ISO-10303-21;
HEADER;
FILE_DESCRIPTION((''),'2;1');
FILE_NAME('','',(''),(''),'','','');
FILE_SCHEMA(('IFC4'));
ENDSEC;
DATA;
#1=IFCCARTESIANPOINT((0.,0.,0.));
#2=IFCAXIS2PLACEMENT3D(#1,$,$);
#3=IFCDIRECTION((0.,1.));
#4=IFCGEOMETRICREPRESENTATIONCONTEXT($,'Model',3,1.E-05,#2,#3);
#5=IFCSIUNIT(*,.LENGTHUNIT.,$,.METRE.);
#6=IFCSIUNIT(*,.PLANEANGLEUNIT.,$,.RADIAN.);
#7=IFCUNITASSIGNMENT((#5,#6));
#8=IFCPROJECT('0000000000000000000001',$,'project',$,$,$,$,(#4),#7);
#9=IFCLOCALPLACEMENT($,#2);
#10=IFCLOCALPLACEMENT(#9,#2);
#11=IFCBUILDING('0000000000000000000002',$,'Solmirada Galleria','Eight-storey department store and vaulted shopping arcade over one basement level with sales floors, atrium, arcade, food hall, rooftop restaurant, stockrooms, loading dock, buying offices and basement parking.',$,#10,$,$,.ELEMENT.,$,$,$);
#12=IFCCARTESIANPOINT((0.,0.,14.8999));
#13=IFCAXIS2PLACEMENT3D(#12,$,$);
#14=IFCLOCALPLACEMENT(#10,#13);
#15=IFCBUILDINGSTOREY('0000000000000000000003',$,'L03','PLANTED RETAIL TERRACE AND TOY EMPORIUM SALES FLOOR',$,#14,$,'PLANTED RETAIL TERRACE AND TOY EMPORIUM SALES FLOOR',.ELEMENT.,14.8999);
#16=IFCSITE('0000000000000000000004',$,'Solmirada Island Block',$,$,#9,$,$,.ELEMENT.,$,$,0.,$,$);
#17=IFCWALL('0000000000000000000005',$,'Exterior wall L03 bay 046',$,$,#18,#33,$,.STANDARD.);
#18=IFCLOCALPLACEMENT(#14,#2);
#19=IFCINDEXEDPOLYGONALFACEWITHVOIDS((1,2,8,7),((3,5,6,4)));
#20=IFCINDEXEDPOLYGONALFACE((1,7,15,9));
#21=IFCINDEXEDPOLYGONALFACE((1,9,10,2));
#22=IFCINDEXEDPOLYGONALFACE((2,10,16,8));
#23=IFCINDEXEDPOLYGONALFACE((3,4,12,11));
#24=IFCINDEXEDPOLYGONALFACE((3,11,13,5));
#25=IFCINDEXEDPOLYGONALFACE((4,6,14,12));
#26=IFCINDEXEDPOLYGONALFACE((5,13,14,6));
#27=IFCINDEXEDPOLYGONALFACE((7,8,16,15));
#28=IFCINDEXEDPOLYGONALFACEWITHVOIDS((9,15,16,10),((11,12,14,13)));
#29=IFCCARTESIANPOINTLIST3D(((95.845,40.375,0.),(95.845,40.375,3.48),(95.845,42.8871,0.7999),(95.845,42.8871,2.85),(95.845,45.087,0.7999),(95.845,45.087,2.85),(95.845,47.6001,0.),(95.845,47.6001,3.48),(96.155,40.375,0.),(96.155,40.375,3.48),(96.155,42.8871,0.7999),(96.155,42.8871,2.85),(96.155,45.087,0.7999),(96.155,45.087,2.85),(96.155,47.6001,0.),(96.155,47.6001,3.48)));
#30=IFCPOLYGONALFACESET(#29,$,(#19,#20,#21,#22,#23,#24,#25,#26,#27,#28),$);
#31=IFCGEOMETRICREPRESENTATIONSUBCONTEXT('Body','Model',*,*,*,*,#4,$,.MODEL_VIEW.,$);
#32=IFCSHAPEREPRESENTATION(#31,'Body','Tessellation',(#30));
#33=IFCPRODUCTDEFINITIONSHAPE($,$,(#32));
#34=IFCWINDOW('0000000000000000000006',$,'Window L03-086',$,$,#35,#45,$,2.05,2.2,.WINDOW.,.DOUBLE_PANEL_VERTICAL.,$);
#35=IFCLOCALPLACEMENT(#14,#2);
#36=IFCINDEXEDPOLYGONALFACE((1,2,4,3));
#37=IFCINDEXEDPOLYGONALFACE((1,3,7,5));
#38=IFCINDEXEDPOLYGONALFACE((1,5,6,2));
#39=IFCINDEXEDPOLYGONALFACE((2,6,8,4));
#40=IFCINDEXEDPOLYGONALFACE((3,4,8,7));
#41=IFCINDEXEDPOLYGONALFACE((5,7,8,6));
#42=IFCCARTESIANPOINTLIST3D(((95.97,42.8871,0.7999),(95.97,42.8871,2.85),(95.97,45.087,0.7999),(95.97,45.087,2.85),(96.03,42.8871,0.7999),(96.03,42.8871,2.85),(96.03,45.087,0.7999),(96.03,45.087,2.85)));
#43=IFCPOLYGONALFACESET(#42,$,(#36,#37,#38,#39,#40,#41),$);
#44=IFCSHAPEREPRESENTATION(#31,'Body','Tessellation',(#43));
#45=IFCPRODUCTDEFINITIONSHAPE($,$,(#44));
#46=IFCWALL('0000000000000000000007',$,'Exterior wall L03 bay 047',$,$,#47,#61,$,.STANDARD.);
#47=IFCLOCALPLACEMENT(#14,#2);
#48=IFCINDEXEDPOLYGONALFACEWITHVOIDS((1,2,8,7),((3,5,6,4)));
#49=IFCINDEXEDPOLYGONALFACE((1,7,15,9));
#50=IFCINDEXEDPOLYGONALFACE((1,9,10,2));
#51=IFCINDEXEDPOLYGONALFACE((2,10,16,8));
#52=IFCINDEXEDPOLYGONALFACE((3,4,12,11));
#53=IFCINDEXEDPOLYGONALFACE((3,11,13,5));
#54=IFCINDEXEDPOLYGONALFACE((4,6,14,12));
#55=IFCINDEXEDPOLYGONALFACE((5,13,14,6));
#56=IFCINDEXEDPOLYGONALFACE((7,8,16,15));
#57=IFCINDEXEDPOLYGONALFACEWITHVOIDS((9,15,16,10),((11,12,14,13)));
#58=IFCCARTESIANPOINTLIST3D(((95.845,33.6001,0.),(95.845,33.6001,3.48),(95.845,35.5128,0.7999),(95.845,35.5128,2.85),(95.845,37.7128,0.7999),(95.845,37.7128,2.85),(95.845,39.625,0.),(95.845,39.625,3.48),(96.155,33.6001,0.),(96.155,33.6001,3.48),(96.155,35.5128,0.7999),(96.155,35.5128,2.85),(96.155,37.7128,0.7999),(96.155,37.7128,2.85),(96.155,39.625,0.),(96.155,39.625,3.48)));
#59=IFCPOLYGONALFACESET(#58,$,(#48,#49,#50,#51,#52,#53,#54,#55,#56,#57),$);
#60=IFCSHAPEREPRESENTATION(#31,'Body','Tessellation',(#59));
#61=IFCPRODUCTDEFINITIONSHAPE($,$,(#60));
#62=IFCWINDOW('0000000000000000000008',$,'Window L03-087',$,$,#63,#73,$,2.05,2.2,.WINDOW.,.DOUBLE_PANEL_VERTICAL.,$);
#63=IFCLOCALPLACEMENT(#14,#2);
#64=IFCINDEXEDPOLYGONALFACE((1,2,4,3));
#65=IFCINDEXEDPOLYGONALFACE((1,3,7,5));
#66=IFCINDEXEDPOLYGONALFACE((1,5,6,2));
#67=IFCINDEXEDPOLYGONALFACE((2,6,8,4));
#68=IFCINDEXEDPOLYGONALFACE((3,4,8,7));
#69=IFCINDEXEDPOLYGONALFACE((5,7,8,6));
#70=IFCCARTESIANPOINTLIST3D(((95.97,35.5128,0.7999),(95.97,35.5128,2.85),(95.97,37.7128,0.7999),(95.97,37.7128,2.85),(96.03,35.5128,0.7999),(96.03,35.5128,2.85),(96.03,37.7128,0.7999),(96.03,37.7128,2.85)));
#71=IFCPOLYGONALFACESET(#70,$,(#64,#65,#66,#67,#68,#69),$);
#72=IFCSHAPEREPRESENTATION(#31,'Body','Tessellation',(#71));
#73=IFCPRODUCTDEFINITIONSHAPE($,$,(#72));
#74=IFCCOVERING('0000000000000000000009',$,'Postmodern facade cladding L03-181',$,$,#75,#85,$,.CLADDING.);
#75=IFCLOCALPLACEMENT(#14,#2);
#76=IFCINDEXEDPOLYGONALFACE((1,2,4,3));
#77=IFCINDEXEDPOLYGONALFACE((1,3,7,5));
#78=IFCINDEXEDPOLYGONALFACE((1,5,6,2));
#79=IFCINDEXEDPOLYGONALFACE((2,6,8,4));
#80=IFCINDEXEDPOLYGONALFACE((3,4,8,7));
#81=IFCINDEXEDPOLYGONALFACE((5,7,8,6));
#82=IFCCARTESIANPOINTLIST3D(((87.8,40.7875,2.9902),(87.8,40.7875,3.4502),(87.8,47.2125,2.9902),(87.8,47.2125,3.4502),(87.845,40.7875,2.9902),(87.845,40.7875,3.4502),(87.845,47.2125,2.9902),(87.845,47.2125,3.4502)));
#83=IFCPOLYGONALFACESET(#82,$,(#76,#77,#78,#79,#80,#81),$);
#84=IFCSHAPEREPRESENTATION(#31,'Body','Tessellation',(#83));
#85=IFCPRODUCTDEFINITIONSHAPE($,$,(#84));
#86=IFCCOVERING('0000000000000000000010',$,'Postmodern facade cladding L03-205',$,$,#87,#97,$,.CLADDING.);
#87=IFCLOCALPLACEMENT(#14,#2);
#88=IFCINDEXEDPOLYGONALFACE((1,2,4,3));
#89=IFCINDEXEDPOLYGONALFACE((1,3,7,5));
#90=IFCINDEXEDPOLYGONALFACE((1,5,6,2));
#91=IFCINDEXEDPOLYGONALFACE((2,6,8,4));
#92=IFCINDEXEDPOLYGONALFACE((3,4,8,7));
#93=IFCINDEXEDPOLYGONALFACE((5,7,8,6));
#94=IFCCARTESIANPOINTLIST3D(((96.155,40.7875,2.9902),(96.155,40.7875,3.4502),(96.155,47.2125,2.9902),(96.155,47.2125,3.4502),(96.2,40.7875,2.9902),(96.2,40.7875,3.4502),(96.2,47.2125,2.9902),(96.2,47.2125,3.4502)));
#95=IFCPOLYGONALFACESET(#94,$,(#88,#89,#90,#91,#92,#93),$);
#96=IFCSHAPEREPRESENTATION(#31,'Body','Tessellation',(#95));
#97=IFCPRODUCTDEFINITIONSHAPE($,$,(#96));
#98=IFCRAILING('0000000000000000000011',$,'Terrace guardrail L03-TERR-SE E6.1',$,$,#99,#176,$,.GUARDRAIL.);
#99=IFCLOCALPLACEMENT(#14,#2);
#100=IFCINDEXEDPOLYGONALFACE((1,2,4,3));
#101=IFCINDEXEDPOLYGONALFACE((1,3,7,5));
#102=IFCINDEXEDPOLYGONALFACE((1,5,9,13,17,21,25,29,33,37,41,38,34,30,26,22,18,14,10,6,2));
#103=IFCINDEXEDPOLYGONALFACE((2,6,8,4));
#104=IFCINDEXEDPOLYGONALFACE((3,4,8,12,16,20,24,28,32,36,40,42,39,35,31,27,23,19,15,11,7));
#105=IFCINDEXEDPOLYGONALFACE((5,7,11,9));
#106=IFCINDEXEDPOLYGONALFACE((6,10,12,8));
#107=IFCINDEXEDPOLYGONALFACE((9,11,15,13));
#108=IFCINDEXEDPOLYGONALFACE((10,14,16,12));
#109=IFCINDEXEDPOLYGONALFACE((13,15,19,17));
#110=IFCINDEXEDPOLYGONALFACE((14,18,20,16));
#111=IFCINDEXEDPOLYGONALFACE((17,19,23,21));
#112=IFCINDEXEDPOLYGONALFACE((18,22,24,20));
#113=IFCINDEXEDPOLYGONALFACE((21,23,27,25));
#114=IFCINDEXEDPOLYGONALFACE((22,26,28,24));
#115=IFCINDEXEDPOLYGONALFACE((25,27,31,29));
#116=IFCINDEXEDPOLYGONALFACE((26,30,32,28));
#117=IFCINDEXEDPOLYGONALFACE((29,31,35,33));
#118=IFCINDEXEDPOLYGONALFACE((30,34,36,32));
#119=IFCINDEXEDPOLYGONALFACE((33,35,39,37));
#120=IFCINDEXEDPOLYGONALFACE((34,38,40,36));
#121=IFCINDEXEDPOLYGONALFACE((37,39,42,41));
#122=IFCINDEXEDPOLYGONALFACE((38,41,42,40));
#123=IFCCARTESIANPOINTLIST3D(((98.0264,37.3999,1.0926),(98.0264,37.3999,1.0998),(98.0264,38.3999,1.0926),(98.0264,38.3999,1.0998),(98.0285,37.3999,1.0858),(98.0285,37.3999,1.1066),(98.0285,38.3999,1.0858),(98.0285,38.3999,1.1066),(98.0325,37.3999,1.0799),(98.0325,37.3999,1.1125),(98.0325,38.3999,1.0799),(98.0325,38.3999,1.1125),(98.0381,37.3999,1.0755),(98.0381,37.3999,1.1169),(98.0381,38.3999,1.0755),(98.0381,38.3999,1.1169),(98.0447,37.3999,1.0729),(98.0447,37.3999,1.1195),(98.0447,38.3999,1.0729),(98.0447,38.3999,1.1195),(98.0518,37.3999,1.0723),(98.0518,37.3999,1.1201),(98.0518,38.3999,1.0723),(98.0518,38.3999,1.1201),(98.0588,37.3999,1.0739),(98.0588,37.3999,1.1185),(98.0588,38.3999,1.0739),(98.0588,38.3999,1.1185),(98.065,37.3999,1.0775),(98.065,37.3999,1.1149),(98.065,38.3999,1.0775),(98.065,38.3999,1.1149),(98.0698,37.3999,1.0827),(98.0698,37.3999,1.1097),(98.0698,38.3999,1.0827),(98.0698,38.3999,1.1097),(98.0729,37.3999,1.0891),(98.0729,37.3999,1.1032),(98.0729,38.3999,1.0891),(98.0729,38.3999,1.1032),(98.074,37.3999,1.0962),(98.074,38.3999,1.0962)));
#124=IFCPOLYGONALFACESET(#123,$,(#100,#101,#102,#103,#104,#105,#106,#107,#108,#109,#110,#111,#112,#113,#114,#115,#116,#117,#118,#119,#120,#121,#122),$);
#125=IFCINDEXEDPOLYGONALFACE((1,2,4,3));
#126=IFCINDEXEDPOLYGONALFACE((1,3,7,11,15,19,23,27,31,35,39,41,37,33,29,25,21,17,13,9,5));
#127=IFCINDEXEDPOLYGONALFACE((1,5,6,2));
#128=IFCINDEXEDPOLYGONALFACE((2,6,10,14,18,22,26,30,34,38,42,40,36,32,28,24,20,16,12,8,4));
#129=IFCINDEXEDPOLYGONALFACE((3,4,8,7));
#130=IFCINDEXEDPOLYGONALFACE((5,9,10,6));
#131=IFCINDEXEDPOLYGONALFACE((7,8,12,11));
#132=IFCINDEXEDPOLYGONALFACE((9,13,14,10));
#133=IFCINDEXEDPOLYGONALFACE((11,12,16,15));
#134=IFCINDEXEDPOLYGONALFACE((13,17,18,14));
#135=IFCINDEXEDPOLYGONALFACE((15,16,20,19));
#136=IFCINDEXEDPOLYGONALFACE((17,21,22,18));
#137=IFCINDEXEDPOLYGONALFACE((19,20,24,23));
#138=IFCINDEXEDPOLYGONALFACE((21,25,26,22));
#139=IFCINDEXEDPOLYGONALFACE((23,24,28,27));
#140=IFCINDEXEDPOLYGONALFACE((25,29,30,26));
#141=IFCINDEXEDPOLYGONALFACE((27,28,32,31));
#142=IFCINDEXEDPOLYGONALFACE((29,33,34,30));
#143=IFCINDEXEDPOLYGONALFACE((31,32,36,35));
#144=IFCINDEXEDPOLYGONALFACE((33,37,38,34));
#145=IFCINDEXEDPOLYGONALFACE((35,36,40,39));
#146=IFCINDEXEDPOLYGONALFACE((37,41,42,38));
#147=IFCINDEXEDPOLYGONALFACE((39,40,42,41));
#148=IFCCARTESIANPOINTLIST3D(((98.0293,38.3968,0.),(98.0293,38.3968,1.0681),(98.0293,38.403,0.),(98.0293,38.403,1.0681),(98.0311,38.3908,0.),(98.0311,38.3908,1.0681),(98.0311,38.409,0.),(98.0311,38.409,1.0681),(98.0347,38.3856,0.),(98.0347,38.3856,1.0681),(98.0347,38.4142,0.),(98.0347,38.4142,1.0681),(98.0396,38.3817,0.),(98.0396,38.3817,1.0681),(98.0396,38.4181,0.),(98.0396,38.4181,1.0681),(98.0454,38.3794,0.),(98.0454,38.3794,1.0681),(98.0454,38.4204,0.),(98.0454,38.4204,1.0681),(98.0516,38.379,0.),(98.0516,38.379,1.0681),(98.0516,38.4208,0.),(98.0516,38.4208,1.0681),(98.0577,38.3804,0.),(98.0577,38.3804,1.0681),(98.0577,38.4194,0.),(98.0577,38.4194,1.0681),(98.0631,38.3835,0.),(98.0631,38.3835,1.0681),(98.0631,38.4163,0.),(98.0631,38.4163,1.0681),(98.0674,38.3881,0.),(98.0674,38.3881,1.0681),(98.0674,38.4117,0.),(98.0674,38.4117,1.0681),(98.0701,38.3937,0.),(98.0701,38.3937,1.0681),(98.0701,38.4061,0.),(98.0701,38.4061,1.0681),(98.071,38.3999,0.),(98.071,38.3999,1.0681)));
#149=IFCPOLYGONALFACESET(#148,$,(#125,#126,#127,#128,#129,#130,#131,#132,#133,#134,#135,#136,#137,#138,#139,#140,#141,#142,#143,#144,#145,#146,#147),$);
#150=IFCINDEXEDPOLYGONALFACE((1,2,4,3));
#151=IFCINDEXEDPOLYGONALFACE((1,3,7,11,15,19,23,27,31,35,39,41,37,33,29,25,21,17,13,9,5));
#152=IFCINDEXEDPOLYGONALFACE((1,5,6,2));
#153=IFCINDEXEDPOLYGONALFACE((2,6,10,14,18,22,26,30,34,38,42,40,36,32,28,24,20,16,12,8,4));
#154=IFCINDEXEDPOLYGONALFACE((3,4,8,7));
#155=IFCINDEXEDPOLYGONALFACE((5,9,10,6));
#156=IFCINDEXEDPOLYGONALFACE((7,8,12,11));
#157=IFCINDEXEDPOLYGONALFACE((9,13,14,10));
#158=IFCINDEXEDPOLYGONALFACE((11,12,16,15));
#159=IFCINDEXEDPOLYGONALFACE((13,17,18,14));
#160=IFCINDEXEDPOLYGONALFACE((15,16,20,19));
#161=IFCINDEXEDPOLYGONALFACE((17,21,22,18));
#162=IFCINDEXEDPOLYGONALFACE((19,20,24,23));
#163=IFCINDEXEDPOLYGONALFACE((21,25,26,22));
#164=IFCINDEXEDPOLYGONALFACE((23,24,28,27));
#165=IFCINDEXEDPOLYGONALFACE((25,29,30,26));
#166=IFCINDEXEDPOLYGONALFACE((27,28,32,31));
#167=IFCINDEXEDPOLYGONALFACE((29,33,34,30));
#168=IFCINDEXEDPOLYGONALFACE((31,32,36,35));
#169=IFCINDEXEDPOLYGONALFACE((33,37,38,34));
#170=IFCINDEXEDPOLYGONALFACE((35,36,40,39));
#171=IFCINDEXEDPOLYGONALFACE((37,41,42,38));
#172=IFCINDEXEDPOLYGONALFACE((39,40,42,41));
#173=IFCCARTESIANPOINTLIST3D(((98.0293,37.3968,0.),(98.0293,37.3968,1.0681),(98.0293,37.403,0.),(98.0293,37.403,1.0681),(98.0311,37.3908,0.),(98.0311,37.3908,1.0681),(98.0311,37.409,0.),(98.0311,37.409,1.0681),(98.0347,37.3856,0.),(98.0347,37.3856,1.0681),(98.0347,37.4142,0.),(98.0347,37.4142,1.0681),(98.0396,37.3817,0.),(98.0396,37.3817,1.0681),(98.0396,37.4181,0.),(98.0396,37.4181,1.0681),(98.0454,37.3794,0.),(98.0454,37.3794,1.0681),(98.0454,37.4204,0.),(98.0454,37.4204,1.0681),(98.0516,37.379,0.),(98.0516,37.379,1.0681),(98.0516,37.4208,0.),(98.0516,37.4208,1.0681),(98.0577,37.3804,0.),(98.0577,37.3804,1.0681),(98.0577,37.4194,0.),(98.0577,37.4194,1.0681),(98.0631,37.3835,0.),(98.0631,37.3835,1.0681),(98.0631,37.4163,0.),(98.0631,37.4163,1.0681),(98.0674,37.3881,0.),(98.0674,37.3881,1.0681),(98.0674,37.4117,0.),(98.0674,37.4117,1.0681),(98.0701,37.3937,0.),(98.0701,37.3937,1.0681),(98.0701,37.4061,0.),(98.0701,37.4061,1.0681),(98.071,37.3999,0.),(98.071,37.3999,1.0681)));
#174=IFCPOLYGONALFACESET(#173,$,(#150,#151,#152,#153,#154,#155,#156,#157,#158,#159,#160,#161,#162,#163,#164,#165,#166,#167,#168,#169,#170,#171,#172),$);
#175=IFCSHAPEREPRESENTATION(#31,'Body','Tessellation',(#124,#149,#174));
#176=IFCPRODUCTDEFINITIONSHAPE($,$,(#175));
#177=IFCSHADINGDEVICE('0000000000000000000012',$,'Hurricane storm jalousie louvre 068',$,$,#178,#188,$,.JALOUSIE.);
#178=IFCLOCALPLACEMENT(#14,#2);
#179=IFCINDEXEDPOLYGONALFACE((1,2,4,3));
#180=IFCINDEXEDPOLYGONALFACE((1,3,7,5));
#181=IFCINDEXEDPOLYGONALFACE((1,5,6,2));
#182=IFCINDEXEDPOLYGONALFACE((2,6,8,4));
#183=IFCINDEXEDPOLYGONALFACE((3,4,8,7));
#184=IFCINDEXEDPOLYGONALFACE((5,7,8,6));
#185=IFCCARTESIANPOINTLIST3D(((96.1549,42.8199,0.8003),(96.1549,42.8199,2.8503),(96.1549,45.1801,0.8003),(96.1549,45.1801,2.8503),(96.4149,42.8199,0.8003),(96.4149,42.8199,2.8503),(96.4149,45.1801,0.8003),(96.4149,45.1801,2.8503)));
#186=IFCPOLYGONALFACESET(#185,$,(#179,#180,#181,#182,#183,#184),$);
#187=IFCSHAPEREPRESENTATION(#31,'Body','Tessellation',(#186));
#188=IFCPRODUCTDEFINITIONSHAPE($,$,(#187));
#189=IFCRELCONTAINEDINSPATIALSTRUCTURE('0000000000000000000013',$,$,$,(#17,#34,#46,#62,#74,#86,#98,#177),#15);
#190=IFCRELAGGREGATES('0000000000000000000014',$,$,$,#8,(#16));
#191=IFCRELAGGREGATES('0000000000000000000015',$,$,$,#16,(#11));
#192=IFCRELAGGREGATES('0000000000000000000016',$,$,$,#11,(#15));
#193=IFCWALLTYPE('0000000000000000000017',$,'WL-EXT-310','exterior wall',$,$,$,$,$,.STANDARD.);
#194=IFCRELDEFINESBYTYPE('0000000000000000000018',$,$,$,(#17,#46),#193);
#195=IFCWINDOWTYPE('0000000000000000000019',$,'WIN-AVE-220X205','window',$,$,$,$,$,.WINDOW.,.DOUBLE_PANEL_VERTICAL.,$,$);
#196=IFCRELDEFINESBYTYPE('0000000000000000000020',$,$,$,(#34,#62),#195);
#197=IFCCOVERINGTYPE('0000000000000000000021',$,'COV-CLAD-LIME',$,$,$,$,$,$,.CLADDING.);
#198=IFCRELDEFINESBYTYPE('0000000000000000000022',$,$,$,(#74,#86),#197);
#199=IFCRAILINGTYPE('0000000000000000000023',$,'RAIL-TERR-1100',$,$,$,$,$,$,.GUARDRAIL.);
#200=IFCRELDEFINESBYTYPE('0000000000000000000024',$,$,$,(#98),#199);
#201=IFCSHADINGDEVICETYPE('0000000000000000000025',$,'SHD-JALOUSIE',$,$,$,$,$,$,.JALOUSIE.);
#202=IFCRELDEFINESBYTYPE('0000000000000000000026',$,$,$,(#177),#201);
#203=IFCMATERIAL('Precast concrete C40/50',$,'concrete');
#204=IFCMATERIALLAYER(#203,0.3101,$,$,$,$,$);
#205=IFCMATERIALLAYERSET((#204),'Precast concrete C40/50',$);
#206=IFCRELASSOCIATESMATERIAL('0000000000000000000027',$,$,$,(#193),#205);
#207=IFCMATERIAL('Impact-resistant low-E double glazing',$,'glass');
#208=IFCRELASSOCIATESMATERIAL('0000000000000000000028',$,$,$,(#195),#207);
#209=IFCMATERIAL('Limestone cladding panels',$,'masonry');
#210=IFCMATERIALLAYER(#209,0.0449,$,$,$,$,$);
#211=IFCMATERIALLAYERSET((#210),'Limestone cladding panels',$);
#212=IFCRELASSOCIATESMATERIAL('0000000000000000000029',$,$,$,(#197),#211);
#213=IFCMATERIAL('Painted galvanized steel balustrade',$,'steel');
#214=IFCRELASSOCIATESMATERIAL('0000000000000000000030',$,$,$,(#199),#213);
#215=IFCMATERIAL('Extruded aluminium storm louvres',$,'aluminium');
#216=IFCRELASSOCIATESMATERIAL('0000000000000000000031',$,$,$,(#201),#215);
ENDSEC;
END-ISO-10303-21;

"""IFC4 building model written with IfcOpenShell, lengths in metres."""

from ifc_helpers import new_model, si_unit, direction, frame, frame_2d, origin, origin_2d, place, context, subcontext, project, spatial, rectangle, circle, extrude, material, layer, layer_set, type_object, element, fill, save


model = new_model("IFC4")

# Units and contexts
model_context = context("Model", 3, precision=1e-05, world=origin(), true_north=direction((0.0, 1.0)))
body_context = subcontext(model_context, "Body", "Model", "MODEL_VIEW")
ifc_project = project(units=[si_unit("LENGTHUNIT", "METRE"), si_unit("PLANEANGLEUNIT", "RADIAN")], contexts=[model_context])

# Site, building, storey
site_placement = place(None, origin())
site = spatial("IfcSite", under=ifc_project, at=site_placement, Name="Solmirada Island Block", CompositionType="ELEMENT", RefElevation=0.0)
building_placement = place(site_placement, origin())
building = spatial("IfcBuilding", under=site, at=building_placement, Name="Solmirada Galleria", Description="Eight-storey department store and vaulted shopping arcade over one basement level with sales floors, atrium, arcade, food hall, rooftop restaurant, stockrooms, loading dock, buying offices and basement parking.", CompositionType="ELEMENT")
storey_placement = place(building_placement, frame((0.0, 0.0, 14.8999)))
storey = spatial("IfcBuildingStorey", under=building, at=storey_placement, Name="L03", Description="PLANTED RETAIL TERRACE AND TOY EMPORIUM SALES FLOOR", LongName="PLANTED RETAIL TERRACE AND TOY EMPORIUM SALES FLOOR", CompositionType="ELEMENT", Elevation=14.8999)

# Shared definitions
ifc_material_1 = material(Name="Impact-resistant low-E double glazing", Category="glass")

# Walls, openings, windows
ifc_material_2 = material(Name="Precast concrete C40/50", Category="concrete")
ifc_layer_1 = layer(ifc_material_2, 0.3101)
ifc_layer_set_1 = layer_set([ifc_layer_1], Name="Precast concrete C40/50")
wall_type = type_object("IfcWallType", Name="WL-EXT-310", Description="exterior wall", PredefinedType="STANDARD", material=ifc_layer_set_1)
window_type = type_object("IfcWindowType", Name="WIN-AVE-220X205", Description="window", PartitioningType="DOUBLE_PANEL_VERTICAL", PredefinedType="WINDOW", material=ifc_material_1)
wall_1_placement = place(storey_placement, frame((96.0, 47.6001, 0.0), z_axis=(0.0, 0.0, 1.0), x_axis=(0.0, -1.0, 0.0)))
wall_1 = element("IfcWall", 1, at=wall_1_placement, inside=storey, type_object=wall_type, Name="Exterior wall L03 bay 046", PredefinedType="STANDARD", context=body_context, shape_type="SweptSolid", body=[
    extrude(rectangle(XDim=7.2251, YDim=0.3101, at=frame_2d((3.6125, 0.0))), origin(), (0.0, 0.0, 1.0), 3.48),
])
opening_1_placement = place(wall_1_placement, frame((2.5129, 0.0, 0.8)))
opening_1 = element("IfcOpeningElement", 2, at=opening_1_placement, cuts=wall_1, PredefinedType="OPENING", context=body_context, shape_type="SweptSolid", body=[
    extrude(rectangle(XDim=2.2, YDim=2.05, at=frame_2d((1.1001, 1.0249))), frame((0.0, 0.165, 0.0), z_axis=(0.0, -1.0, 0.0), x_axis=(1.0, 0.0, 0.0)), (0.0, 0.0, 1.0), 0.3301),
])
window_1_placement = place(opening_1_placement, origin())
window_1 = element("IfcWindow", 3, at=window_1_placement, inside=storey, type_object=window_type, Name="Window L03-086", OverallHeight=2.05, OverallWidth=2.2, PartitioningType="DOUBLE_PANEL_VERTICAL", PredefinedType="WINDOW", context=body_context, shape_type="SweptSolid", body=[
    extrude(rectangle(XDim=2.2, YDim=2.05, at=frame_2d((1.1001, 1.0249))), frame((0.0, 0.03, 0.0), z_axis=(0.0, -1.0, 0.0), x_axis=(1.0, 0.0, 0.0)), (0.0, 0.0, 1.0), 0.0601),
])
fill(opening_1, window_1)
wall_2_placement = place(storey_placement, frame((96.0, 39.625, 0.0), z_axis=(0.0, 0.0, 1.0), x_axis=(0.0, -1.0, 0.0)))
wall_2 = element("IfcWall", 4, at=wall_2_placement, inside=storey, type_object=wall_type, Name="Exterior wall L03 bay 047", PredefinedType="STANDARD", context=body_context, shape_type="SweptSolid", body=[
    extrude(rectangle(XDim=6.0249, YDim=0.3101, at=frame_2d((3.0125, 0.0))), origin(), (0.0, 0.0, 1.0), 3.48),
])
opening_2_placement = place(wall_2_placement, frame((1.9121, 0.0, 0.8)))
opening_2 = element("IfcOpeningElement", 5, at=opening_2_placement, cuts=wall_2, PredefinedType="OPENING", context=body_context, shape_type="SweptSolid", body=[
    extrude(rectangle(XDim=2.2, YDim=2.05, at=frame_2d((1.1001, 1.0249))), frame((0.0, 0.165, 0.0), z_axis=(0.0, -1.0, 0.0), x_axis=(1.0, 0.0, 0.0)), (0.0, 0.0, 1.0), 0.3301),
])
window_2_placement = place(opening_2_placement, origin())
window_2 = element("IfcWindow", 6, at=window_2_placement, inside=storey, type_object=window_type, Name="Window L03-087", OverallHeight=2.05, OverallWidth=2.2, PartitioningType="DOUBLE_PANEL_VERTICAL", PredefinedType="WINDOW", context=body_context, shape_type="SweptSolid", body=[
    extrude(rectangle(XDim=2.2, YDim=2.05, at=frame_2d((1.1001, 1.0249))), frame((0.0, 0.03, 0.0), z_axis=(0.0, -1.0, 0.0), x_axis=(1.0, 0.0, 0.0)), (0.0, 0.0, 1.0), 0.0601),
])
fill(opening_2, window_2)

# Coverings
ifc_material_3 = material(Name="Limestone cladding panels", Category="masonry")
ifc_layer_2 = layer(ifc_material_3, 0.0449)
ifc_layer_set_2 = layer_set([ifc_layer_2], Name="Limestone cladding panels")
covering_type = type_object("IfcCoveringType", Name="COV-CLAD-LIME", PredefinedType="CLADDING", material=ifc_layer_set_2)
for number, where, z_axis, x_axis, name in (
    (7, (87.8225, 44.0, 2.9902), (0.0, 0.0, 1.0), (0.0, 1.0, 0.0), "Postmodern facade cladding L03-181"),
    (8, (96.1775, 44.0, 2.9902), (0.0, 0.0, 1.0), (0.0, -1.0, 0.0), "Postmodern facade cladding L03-205"),
):
    element("IfcCovering", number, at=place(storey_placement, frame(where, z_axis=z_axis, x_axis=x_axis)), inside=storey, type_object=covering_type, Name=name, PredefinedType="CLADDING", context=body_context, shape_type="SweptSolid", body=[
        extrude(rectangle(XDim=6.425, YDim=0.0449, at=origin_2d()), origin(), (0.0, 0.0, 1.0), 0.46),
    ])

# Railing
ifc_material_4 = material(Name="Painted galvanized steel balustrade", Category="steel")
railing_type = type_object("IfcRailingType", Name="RAIL-TERR-1100", PredefinedType="GUARDRAIL", material=ifc_material_4)
railing_placement = place(storey_placement, frame((98.05, 38.3999, 0.0)))
element("IfcRailing", 9, at=railing_placement, inside=storey, type_object=railing_type, Name="Terrace guardrail L03-TERR-SE E6.1", PredefinedType="GUARDRAIL", context=body_context, shape_type="SweptSolid", body=[
    extrude(circle(Radius=0.0239, at=origin_2d()), frame((0.0, 0.0, 1.0962), z_axis=(0.0, -1.0, 0.0), x_axis=(1.0, 0.0, 0.0)), (0.0, 0.0, 1.0), 1.0),
    extrude(circle(Radius=0.021, at=origin_2d()), origin(), (0.0, 0.0, 1.0), 1.0681),
    extrude(circle(Radius=0.021, at=origin_2d()), frame((0.0, -1.0, 0.0)), (0.0, 0.0, 1.0), 1.0681),
])

# Shading device
ifc_material_5 = material(Name="Extruded aluminium storm louvres", Category="aluminium")
shading_device_type = type_object("IfcShadingDeviceType", Name="SHD-JALOUSIE", PredefinedType="JALOUSIE", material=ifc_material_5)
shading_device_placement = place(storey_placement, frame((96.2849, 44.0, 0.8003), z_axis=(0.0, 0.0, 1.0), x_axis=(0.0, -1.0, 0.0)))
element("IfcShadingDevice", 10, at=shading_device_placement, inside=storey, type_object=shading_device_type, Name="Hurricane storm jalousie louvre 068", PredefinedType="JALOUSIE", context=body_context, shape_type="SweptSolid", body=[
    extrude(rectangle(XDim=2.3601, YDim=0.26, at=origin_2d()), origin(), (0.0, 0.0, 1.0), 2.05),
])

save(model, "model.ifc")
